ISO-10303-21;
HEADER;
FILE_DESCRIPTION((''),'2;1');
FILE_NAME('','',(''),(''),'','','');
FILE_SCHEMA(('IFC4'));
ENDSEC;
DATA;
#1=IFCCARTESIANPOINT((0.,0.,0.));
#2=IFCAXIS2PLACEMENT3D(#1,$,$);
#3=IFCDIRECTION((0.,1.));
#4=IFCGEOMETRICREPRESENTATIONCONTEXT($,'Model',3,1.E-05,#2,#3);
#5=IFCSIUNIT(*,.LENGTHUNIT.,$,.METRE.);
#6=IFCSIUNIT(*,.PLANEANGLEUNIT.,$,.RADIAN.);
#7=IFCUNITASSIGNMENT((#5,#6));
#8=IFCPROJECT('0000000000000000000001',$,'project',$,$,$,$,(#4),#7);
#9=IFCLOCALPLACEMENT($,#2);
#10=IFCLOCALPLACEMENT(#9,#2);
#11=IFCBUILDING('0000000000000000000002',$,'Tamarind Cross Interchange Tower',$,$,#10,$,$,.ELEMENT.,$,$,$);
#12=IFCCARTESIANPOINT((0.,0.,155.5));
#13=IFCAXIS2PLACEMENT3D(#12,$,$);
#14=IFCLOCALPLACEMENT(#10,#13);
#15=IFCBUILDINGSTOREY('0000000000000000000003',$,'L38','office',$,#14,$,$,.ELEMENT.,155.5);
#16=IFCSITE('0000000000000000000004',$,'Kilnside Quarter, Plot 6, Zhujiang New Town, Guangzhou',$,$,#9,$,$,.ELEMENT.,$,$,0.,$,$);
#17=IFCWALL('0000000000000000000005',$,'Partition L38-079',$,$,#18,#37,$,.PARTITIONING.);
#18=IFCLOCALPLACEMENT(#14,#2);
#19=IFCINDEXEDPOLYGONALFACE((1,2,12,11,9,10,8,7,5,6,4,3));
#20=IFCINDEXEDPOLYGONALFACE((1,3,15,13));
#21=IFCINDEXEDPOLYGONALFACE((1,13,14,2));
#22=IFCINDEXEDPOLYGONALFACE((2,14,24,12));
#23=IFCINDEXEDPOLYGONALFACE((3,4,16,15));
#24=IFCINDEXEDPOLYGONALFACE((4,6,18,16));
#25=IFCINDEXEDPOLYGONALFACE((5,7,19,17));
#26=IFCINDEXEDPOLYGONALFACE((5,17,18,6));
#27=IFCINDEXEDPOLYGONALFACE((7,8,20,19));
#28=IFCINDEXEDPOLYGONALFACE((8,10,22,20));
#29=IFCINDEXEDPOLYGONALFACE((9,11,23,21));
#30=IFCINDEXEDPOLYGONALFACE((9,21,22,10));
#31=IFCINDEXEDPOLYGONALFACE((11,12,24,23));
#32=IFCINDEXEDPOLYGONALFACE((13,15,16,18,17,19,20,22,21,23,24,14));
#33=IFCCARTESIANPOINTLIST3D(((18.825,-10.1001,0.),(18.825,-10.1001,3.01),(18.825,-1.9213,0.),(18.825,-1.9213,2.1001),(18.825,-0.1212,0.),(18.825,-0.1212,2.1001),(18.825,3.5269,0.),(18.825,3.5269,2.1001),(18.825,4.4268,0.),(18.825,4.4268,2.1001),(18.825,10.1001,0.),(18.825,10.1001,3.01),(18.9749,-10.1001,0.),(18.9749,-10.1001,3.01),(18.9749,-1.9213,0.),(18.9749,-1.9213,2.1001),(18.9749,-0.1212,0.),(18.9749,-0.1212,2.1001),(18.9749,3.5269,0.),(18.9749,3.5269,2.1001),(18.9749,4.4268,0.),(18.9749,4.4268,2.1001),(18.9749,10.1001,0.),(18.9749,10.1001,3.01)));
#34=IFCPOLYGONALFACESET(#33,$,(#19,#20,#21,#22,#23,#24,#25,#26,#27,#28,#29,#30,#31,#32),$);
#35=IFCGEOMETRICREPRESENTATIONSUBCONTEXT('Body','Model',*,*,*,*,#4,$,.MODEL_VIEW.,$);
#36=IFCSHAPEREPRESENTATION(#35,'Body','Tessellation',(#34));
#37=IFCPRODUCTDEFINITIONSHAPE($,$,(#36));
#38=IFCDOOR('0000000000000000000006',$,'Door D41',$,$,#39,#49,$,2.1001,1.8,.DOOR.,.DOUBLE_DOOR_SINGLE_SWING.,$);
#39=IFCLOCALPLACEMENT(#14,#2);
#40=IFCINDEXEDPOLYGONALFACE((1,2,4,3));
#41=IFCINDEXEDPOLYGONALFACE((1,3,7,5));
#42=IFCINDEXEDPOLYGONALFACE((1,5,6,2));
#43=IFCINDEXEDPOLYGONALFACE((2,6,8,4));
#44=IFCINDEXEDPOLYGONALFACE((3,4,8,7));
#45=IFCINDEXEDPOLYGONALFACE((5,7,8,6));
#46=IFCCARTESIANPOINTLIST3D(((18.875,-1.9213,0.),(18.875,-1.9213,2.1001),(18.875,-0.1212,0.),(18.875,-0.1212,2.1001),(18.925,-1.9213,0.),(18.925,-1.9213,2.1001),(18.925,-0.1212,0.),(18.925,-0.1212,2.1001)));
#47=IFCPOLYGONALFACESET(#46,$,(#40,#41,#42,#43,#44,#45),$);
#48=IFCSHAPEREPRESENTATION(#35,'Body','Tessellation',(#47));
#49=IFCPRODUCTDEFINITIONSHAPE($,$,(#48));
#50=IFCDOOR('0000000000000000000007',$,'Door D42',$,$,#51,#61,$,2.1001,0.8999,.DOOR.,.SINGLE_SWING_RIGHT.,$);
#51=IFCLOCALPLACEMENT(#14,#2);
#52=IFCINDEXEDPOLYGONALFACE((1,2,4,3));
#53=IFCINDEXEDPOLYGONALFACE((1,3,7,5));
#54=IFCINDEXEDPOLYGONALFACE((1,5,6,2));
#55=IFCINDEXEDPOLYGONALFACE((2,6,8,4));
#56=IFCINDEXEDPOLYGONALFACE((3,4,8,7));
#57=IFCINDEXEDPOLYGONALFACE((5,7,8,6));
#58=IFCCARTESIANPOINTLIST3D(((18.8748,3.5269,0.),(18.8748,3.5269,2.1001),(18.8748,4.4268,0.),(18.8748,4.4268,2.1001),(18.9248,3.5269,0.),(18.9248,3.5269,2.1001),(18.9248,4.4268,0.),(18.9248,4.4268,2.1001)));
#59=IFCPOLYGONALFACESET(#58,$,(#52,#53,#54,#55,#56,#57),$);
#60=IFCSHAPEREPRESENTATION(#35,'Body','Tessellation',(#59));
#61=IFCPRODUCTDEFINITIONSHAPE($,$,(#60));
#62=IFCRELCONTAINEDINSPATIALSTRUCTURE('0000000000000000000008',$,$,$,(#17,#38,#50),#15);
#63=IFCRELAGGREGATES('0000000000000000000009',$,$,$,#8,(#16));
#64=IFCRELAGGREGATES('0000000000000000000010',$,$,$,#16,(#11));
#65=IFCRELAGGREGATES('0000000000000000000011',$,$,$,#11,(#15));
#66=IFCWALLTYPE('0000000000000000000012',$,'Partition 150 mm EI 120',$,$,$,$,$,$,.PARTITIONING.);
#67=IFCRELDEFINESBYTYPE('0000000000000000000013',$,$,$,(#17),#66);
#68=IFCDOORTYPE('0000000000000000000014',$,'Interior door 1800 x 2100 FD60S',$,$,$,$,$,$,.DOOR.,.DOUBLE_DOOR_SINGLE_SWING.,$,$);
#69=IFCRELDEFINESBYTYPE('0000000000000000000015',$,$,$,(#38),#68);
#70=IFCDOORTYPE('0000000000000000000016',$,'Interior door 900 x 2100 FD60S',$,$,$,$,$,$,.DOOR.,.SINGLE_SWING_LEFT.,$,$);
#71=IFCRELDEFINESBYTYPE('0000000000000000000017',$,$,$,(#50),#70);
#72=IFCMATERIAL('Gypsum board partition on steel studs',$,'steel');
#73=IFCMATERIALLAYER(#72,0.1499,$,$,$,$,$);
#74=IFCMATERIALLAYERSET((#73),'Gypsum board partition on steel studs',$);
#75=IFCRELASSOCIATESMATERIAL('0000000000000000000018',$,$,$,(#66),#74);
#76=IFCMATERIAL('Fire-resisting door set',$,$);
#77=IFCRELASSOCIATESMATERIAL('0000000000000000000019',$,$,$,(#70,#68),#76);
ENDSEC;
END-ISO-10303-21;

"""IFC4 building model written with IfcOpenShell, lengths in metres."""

from ifc_helpers import new_model, si_unit, direction, frame, frame_2d, origin, place, context, subcontext, project, spatial, rectangle, extrude, material, layer, layer_set, type_object, element, fill, save


model = new_model("IFC4")

# Units and contexts
model_context = context("Model", 3, precision=1e-05, world=origin(), true_north=direction((0.0, 1.0)))
body_context = subcontext(model_context, "Body", "Model", "MODEL_VIEW")
ifc_project = project(units=[si_unit("LENGTHUNIT", "METRE"), si_unit("PLANEANGLEUNIT", "RADIAN")], contexts=[model_context])

# Site, building, storey
site_placement = place(None, origin())
site = spatial("IfcSite", under=ifc_project, at=site_placement, Name="Kilnside Quarter, Plot 6, Zhujiang New Town, Guangzhou", CompositionType="ELEMENT", RefElevation=0.0)
building_placement = place(site_placement, origin())
building = spatial("IfcBuilding", under=site, at=building_placement, Name="Tamarind Cross Interchange Tower", CompositionType="ELEMENT")
storey_placement = place(building_placement, frame((0.0, 0.0, 155.5)))
storey = spatial("IfcBuildingStorey", under=building, at=storey_placement, Name="L38", Description="office", CompositionType="ELEMENT", Elevation=155.5)

# Shared definitions
ifc_material_1 = material(Name="Gypsum board partition on steel studs", Category="steel")
ifc_layer_1 = layer(ifc_material_1, 0.1499)
ifc_layer_set_1 = layer_set([ifc_layer_1], Name="Gypsum board partition on steel studs")
wall_type = type_object("IfcWallType", Name="Partition 150 mm EI 120", PredefinedType="PARTITIONING", material=ifc_layer_set_1)

# Shared definitions
ifc_material_2 = material(Name="Fire-resisting door set")
door_type_1 = type_object("IfcDoorType", Name="Interior door 900 x 2100 FD60S", OperationType="SINGLE_SWING_LEFT", PredefinedType="DOOR", material=ifc_material_2)

# Wall, openings, doors
wall_1_placement = place(storey_placement, frame((18.8999, -10.1001, 0.0), z_axis=(0.0, 0.0, 1.0), x_axis=(0.0, 1.0, 0.0)))
wall_1 = element("IfcWall", 1, at=wall_1_placement, inside=storey, type_object=wall_type, Name="Partition L38-079", PredefinedType="PARTITIONING", context=body_context, shape_type="SweptSolid", body=[
    extrude(rectangle(XDim=20.2002, YDim=0.1499, at=frame_2d((10.1001, 0.0))), origin(), (0.0, 0.0, 1.0), 3.01),
])
opening_1_placement = place(wall_1_placement, frame((8.179, 0.0, 0.0)))
opening_1 = element("IfcOpeningElement", 2, at=opening_1_placement, cuts=wall_1, PredefinedType="OPENING", context=body_context, shape_type="SweptSolid", body=[
    extrude(rectangle(XDim=1.8, YDim=2.1001, at=frame_2d((0.8999, 1.05))), frame((0.0, 0.085, 0.0), z_axis=(0.0, -1.0, 0.0), x_axis=(1.0, 0.0, 0.0)), (0.0, 0.0, 1.0), 0.1699),
])
opening_2_placement = place(wall_1_placement, frame((13.627, 0.0, 0.0)))
opening_2 = element("IfcOpeningElement", 3, at=opening_2_placement, cuts=wall_1, PredefinedType="OPENING", context=body_context, shape_type="SweptSolid", body=[
    extrude(rectangle(XDim=0.8999, YDim=2.1001, at=frame_2d((0.45, 1.05))), frame((0.0, 0.085, 0.0), z_axis=(0.0, -1.0, 0.0), x_axis=(1.0, 0.0, 0.0)), (0.0, 0.0, 1.0), 0.1699),
])
door_type_2 = type_object("IfcDoorType", Name="Interior door 1800 x 2100 FD60S", OperationType="DOUBLE_DOOR_SINGLE_SWING", PredefinedType="DOOR", material=ifc_material_2)
door_1_placement = place(opening_1_placement, origin())
door_1 = element("IfcDoor", 4, at=door_1_placement, inside=storey, type_object=door_type_2, Name="Door D41", OperationType="DOUBLE_DOOR_SINGLE_SWING", OverallHeight=2.1001, OverallWidth=1.8, PredefinedType="DOOR", context=body_context, shape_type="SweptSolid", body=[
    extrude(rectangle(XDim=1.8, YDim=2.1001, at=frame_2d((0.8999, 1.05))), frame((0.0, 0.0249, 0.0), z_axis=(0.0, -1.0, 0.0), x_axis=(1.0, 0.0, 0.0)), (0.0, 0.0, 1.0), 0.05),
])
fill(opening_1, door_1)
door_2_placement = place(opening_2_placement, frame((0.8999, 0.0, 0.0), z_axis=(0.0, 0.0, 1.0), x_axis=(-1.0, 0.0, 0.0)))
door_2 = element("IfcDoor", 5, at=door_2_placement, inside=storey, type_object=door_type_1, Name="Door D42", OperationType="SINGLE_SWING_RIGHT", OverallHeight=2.1001, OverallWidth=0.8999, PredefinedType="DOOR", context=body_context, shape_type="SweptSolid", body=[
    extrude(rectangle(XDim=0.8999, YDim=2.1001, at=frame_2d((0.45, 1.05))), frame((0.0, 0.0249, 0.0), z_axis=(0.0, -1.0, 0.0), x_axis=(1.0, 0.0, 0.0)), (0.0, 0.0, 1.0), 0.05),
])
fill(opening_2, door_2)

save(model, "model.ifc")
